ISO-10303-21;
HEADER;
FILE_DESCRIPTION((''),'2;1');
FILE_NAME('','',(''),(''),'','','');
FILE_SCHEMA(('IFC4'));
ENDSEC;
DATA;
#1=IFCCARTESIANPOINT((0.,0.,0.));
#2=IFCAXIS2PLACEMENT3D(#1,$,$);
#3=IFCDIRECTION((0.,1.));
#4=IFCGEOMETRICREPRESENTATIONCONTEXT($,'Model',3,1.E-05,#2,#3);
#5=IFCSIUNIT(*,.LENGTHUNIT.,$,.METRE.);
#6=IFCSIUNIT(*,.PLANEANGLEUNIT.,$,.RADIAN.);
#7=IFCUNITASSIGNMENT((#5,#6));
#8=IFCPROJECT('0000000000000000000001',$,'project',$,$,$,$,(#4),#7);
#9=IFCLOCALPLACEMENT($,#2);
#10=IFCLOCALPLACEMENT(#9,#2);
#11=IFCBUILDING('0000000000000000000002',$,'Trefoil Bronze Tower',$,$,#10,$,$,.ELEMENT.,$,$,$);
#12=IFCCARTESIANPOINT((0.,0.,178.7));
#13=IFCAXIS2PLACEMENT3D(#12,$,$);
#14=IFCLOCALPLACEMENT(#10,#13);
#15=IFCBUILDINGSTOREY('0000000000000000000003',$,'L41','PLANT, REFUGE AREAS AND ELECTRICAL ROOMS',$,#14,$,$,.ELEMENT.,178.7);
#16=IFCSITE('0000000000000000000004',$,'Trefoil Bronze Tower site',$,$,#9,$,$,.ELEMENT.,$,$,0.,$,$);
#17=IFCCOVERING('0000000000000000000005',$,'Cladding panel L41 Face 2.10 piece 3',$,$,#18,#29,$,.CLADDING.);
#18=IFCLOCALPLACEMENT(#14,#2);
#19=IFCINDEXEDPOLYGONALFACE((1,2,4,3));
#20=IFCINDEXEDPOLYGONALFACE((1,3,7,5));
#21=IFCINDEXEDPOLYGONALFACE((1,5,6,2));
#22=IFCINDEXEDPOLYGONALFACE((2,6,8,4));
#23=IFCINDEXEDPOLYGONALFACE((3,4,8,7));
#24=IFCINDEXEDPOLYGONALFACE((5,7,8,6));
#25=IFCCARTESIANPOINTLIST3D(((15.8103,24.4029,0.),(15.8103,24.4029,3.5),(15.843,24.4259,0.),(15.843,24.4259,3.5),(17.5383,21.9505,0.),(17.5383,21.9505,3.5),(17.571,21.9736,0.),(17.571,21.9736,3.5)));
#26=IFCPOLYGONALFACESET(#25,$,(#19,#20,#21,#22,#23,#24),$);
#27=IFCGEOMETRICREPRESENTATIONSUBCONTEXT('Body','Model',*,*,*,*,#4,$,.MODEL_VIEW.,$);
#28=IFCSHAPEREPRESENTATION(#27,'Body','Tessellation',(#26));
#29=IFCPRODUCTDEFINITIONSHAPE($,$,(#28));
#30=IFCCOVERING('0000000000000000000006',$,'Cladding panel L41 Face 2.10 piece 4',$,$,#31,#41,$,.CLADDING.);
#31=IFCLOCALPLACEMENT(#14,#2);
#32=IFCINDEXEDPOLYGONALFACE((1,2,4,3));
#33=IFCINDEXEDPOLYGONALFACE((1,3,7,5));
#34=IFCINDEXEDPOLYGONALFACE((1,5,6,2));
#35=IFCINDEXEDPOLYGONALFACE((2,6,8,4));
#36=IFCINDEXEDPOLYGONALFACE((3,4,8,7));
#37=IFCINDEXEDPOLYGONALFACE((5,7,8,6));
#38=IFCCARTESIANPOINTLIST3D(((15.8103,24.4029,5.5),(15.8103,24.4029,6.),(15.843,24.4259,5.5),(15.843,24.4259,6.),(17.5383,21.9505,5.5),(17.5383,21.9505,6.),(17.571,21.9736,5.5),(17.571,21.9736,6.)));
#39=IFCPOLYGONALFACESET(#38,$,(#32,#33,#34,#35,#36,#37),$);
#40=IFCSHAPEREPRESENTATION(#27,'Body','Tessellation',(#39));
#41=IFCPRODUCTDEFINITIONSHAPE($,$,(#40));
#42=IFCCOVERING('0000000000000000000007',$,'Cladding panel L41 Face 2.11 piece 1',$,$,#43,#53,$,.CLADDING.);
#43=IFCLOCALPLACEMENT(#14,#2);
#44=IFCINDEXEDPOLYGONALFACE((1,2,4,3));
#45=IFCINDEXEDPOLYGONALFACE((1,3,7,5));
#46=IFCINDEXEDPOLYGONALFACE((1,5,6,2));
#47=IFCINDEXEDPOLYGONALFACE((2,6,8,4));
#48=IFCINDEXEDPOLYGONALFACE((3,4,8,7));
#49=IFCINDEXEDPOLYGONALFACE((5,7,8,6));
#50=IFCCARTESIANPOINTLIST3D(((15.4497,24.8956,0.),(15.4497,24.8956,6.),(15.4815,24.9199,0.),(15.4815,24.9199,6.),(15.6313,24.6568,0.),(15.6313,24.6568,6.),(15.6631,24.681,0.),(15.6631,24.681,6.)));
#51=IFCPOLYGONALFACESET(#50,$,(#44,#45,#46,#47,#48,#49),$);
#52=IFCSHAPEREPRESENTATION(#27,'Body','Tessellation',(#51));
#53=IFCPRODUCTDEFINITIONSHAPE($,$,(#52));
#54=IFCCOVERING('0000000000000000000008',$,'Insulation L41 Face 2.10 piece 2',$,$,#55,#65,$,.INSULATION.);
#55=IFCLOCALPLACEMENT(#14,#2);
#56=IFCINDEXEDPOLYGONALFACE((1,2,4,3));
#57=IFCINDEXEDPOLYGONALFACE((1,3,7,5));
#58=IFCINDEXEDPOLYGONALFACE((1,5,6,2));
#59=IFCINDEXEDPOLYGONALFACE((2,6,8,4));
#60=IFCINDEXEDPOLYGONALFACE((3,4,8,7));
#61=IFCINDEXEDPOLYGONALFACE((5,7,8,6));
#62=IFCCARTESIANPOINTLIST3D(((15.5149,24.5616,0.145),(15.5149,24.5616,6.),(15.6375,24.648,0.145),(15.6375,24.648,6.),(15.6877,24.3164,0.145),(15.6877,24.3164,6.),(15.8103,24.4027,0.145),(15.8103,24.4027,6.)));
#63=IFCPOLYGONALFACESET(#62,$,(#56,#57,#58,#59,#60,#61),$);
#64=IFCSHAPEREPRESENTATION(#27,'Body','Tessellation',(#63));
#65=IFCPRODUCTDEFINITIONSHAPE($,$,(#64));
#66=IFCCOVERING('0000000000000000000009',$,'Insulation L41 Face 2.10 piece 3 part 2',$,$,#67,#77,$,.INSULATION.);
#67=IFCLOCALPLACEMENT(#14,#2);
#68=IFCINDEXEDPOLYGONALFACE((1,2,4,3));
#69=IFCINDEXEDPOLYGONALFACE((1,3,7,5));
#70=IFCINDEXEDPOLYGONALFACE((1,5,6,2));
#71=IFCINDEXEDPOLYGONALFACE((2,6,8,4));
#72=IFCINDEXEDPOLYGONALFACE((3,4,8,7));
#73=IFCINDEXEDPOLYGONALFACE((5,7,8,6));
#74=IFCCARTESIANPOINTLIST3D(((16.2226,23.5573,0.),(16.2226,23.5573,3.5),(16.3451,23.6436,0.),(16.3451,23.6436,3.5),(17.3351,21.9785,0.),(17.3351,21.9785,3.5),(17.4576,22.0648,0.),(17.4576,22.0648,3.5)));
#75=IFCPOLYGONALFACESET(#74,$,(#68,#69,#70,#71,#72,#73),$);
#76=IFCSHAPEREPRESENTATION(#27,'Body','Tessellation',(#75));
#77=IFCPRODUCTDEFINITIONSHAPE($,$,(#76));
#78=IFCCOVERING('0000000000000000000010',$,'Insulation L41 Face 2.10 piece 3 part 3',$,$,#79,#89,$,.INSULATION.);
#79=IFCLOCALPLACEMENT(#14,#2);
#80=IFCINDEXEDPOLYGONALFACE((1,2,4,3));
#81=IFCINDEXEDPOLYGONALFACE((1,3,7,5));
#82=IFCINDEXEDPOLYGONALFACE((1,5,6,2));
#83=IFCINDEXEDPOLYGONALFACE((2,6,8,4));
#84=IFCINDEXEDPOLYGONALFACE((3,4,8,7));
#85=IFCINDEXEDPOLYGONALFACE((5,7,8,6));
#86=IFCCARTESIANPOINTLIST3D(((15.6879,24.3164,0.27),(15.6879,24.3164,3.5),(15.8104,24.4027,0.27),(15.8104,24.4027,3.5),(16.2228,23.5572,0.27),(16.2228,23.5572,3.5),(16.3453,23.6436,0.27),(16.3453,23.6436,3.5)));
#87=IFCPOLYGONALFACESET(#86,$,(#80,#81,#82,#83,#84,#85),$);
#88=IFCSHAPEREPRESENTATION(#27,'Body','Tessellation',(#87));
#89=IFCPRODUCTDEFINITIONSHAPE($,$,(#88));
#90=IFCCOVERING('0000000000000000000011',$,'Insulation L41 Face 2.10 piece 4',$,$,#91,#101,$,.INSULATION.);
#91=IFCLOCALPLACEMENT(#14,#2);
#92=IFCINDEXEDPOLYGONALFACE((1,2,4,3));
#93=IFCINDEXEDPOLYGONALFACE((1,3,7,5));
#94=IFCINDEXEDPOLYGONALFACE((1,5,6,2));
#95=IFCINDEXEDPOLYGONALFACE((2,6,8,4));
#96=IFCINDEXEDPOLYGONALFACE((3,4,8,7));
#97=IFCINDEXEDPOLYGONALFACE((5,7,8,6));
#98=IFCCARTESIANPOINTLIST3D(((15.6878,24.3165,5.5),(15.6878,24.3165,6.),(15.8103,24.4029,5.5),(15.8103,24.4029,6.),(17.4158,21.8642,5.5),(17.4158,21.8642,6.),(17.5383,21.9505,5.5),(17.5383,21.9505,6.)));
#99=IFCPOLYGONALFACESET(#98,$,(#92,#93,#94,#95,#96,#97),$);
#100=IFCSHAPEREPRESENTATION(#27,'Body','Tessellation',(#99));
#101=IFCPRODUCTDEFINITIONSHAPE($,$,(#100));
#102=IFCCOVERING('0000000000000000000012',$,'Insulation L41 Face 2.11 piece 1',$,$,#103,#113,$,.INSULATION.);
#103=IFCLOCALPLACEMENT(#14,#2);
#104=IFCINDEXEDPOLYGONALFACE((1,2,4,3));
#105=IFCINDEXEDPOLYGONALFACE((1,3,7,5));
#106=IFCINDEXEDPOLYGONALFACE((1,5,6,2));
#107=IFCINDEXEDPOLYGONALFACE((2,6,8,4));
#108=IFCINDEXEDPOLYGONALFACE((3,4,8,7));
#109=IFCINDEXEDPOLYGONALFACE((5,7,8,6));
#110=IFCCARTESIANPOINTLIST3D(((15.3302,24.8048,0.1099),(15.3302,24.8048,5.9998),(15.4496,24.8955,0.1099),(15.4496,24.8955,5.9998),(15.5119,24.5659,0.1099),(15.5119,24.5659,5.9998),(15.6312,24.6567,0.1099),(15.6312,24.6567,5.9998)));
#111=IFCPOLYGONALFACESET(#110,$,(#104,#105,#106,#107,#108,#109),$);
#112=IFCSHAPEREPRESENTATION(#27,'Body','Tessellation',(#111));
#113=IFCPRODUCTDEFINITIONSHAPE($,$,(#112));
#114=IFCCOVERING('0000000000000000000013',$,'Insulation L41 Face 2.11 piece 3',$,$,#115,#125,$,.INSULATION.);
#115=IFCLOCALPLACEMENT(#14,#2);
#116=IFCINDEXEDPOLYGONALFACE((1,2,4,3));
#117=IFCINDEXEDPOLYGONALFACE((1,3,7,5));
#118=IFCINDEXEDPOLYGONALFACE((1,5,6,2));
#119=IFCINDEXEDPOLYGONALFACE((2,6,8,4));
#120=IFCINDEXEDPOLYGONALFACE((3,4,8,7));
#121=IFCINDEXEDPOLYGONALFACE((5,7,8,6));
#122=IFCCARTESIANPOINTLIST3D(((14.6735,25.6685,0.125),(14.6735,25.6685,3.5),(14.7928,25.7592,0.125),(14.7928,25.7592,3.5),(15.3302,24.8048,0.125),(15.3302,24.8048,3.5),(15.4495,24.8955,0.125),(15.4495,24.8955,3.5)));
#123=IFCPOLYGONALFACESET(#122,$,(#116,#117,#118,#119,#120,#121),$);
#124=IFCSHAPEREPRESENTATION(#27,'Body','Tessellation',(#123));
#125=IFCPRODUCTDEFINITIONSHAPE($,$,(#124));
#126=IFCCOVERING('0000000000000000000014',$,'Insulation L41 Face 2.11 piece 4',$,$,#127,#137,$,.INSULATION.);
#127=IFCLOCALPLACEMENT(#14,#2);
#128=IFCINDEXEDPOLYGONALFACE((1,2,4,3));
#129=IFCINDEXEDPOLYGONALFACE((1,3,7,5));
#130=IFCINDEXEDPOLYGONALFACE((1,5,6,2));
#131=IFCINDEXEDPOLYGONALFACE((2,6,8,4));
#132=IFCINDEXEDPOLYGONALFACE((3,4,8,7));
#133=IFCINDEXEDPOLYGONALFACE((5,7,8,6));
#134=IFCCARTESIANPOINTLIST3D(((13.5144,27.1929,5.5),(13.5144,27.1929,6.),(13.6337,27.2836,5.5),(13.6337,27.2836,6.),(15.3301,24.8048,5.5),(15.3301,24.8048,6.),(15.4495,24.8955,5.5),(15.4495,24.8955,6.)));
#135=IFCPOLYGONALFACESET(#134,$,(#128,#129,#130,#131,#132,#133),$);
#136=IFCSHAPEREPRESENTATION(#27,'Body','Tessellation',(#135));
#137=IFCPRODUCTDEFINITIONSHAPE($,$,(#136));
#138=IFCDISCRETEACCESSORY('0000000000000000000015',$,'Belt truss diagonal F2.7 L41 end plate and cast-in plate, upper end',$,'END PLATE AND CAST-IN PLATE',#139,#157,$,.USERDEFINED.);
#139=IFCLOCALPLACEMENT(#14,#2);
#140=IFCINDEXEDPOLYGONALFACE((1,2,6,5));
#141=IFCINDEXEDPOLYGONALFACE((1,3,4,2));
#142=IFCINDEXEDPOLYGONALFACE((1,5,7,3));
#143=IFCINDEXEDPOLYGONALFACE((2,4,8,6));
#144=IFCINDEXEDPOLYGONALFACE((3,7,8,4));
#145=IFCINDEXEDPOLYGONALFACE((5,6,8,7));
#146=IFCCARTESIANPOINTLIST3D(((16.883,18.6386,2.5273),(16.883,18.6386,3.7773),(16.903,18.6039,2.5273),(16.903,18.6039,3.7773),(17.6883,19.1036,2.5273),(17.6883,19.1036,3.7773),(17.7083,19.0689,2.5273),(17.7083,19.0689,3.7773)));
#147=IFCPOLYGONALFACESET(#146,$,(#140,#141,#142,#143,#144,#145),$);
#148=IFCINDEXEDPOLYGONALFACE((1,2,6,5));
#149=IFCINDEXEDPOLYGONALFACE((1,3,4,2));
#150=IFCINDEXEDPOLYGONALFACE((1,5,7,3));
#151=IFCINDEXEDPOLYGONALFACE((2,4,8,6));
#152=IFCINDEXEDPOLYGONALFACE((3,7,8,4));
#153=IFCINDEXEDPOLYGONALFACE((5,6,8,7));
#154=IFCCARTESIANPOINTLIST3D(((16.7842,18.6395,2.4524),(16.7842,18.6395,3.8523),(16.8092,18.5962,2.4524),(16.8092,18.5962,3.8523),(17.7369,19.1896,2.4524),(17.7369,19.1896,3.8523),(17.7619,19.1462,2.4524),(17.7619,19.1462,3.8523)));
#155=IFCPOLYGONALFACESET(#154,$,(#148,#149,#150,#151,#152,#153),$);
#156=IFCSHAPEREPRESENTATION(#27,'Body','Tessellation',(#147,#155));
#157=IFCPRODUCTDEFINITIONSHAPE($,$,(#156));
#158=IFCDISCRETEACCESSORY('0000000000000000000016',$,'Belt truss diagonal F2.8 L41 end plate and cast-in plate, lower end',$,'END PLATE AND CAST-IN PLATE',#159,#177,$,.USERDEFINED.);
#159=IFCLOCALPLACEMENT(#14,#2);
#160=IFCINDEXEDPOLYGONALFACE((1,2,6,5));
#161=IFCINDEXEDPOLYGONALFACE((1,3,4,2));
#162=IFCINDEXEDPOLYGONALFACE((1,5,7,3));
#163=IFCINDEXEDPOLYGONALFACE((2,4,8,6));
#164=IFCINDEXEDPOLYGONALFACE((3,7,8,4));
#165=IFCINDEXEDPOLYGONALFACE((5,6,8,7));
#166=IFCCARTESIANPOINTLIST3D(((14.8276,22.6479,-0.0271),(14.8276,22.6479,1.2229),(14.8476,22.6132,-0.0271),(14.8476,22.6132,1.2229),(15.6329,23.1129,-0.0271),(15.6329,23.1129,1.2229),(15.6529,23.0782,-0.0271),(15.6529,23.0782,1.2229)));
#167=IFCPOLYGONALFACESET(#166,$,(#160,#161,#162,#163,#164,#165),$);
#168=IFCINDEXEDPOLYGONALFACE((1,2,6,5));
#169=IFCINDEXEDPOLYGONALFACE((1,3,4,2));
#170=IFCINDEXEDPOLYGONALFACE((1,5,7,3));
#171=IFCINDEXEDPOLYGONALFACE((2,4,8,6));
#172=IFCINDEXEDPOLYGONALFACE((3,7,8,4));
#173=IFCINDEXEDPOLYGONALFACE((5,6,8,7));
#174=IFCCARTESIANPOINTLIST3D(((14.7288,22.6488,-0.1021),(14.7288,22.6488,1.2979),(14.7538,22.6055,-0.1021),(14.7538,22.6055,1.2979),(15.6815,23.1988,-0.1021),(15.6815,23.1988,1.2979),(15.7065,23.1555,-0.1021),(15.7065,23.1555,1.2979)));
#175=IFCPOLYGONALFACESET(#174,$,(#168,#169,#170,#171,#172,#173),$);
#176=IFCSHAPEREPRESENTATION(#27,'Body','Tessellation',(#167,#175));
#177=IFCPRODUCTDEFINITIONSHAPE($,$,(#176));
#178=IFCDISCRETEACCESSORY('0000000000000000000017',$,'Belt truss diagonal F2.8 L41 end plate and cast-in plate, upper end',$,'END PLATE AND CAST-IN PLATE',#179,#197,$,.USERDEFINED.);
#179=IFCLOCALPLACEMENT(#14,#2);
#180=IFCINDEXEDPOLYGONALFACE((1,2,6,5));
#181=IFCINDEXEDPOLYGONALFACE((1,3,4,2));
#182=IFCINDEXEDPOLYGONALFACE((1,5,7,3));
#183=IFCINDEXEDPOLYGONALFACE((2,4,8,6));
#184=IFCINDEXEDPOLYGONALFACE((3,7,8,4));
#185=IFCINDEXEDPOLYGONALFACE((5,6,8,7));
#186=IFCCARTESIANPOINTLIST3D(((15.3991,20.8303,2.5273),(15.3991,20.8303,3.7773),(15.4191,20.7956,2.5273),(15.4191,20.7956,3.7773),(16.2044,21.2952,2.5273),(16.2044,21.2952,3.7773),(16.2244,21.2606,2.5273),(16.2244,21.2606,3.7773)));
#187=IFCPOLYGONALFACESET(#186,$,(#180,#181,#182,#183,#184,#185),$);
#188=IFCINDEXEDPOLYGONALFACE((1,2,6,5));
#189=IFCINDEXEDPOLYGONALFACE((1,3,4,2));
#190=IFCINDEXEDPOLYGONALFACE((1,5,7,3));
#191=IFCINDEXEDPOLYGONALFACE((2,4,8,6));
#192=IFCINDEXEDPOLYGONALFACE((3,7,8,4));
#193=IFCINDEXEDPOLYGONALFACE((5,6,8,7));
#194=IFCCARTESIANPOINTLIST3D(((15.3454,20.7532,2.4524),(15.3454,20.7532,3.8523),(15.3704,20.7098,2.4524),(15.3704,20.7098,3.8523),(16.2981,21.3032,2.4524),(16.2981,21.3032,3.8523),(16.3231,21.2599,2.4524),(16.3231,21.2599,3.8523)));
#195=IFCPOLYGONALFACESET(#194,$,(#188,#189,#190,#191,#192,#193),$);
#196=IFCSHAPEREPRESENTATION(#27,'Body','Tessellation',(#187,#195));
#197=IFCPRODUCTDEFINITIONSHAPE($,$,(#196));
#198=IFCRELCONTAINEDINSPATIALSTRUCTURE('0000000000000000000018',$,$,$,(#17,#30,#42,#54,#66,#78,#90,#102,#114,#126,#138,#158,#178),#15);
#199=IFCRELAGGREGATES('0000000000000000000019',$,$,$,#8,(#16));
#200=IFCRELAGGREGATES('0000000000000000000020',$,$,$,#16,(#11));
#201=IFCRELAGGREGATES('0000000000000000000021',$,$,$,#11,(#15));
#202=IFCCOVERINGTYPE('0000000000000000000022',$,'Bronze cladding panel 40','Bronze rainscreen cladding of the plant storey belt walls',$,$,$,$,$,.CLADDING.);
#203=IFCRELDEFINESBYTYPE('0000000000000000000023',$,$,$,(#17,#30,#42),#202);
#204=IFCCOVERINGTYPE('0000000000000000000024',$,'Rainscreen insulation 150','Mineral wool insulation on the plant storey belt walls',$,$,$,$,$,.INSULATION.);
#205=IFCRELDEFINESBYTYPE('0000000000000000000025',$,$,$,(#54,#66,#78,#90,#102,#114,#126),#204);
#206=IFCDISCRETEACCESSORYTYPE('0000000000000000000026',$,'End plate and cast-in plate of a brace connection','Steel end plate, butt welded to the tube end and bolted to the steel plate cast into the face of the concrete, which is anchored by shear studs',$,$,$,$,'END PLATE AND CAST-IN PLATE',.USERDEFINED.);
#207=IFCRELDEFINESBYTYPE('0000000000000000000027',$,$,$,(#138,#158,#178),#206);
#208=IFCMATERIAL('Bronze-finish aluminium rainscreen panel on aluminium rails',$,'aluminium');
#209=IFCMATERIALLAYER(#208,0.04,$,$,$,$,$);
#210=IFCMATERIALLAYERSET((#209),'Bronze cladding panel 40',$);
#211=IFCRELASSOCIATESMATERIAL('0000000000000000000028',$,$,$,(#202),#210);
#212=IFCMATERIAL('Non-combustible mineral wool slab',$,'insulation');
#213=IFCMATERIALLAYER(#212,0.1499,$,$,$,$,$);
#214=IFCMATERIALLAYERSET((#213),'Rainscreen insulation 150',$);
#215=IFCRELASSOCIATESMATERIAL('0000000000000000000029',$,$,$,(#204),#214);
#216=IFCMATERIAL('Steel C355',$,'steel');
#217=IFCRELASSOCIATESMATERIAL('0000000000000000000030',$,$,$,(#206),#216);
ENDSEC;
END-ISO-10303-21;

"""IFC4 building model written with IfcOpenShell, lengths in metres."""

from ifc_helpers import new_model, si_unit, direction, frame, origin, origin_2d, place, context, subcontext, project, spatial, rectangle, extrude, material, layer, layer_set, type_object, element, save


model = new_model("IFC4")

# Units and contexts
model_context = context("Model", 3, precision=1e-05, world=origin(), true_north=direction((0.0, 1.0)))
body_context = subcontext(model_context, "Body", "Model", "MODEL_VIEW")
ifc_project = project(units=[si_unit("LENGTHUNIT", "METRE"), si_unit("PLANEANGLEUNIT", "RADIAN")], contexts=[model_context])

# Site, building, storey
site_placement = place(None, origin())
site = spatial("IfcSite", under=ifc_project, at=site_placement, Name="Trefoil Bronze Tower site", CompositionType="ELEMENT", RefElevation=0.0)
building_placement = place(site_placement, origin())
building = spatial("IfcBuilding", under=site, at=building_placement, Name="Trefoil Bronze Tower", CompositionType="ELEMENT")
storey_placement = place(building_placement, frame((0.0, 0.0, 178.7)))
storey = spatial("IfcBuildingStorey", under=building, at=storey_placement, Name="L41", Description="PLANT, REFUGE AREAS AND ELECTRICAL ROOMS", CompositionType="ELEMENT", Elevation=178.7)

# Coverings
ifc_material_1 = material(Name="Bronze-finish aluminium rainscreen panel on aluminium rails", Category="aluminium")
ifc_layer_1 = layer(ifc_material_1, 0.04)
ifc_layer_set_1 = layer_set([ifc_layer_1], Name="Bronze cladding panel 40")
covering_type_1 = type_object("IfcCoveringType", Name="Bronze cladding panel 40", Description="Bronze rainscreen cladding of the plant storey belt walls", PredefinedType="CLADDING", material=ifc_layer_set_1)
covering_1_placement = place(storey_placement, frame((16.6907, 23.1882, 0.0), z_axis=(0.0, 0.0, 1.0), x_axis=(-0.575999, 0.81745, 0.0)))
element("IfcCovering", 1, at=covering_1_placement, inside=storey, type_object=covering_type_1, Name="Cladding panel L41 Face 2.10 piece 3", PredefinedType="CLADDING", context=body_context, shape_type="SweptSolid", body=[
    extrude(rectangle(XDim=3.0, YDim=0.04, at=origin_2d()), origin(), (0.0, 0.0, 1.0), 3.5),
])
covering_2_placement = place(storey_placement, frame((16.6907, 23.1882, 5.5), z_axis=(0.0, 0.0, 1.0), x_axis=(-0.575999, 0.81745, 0.0)))
element("IfcCovering", 2, at=covering_2_placement, inside=storey, type_object=covering_type_1, Name="Cladding panel L41 Face 2.10 piece 4", PredefinedType="CLADDING", context=body_context, shape_type="SweptSolid", body=[
    extrude(rectangle(XDim=3.0, YDim=0.04, at=origin_2d()), origin(), (0.0, 0.0, 1.0), 0.5),
])
covering_3_placement = place(storey_placement, frame((15.5564, 24.7883, 0.0), z_axis=(0.0, 0.0, 1.0), x_axis=(-0.605252, 0.796034, 0.0)))
element("IfcCovering", 3, at=covering_3_placement, inside=storey, type_object=covering_type_1, Name="Cladding panel L41 Face 2.11 piece 1", PredefinedType="CLADDING", context=body_context, shape_type="SweptSolid", body=[
    extrude(rectangle(XDim=0.3, YDim=0.04, at=origin_2d()), origin(), (0.0, 0.0, 1.0), 6.0),
])
ifc_material_2 = material(Name="Non-combustible mineral wool slab", Category="insulation")
ifc_layer_2 = layer(ifc_material_2, 0.1499)
ifc_layer_set_2 = layer_set([ifc_layer_2], Name="Rainscreen insulation 150")
covering_type_2 = type_object("IfcCoveringType", Name="Rainscreen insulation 150", Description="Mineral wool insulation on the plant storey belt walls", PredefinedType="INSULATION", material=ifc_layer_set_2)
covering_4_placement = place(storey_placement, frame((15.6626, 24.4822, 0.145), z_axis=(0.0, 0.0, 1.0), x_axis=(-0.575999, 0.81745, 0.0)))
element("IfcCovering", 4, at=covering_4_placement, inside=storey, type_object=covering_type_2, Name="Insulation L41 Face 2.10 piece 2", PredefinedType="INSULATION", context=body_context, shape_type="SweptSolid", body=[
    extrude(rectangle(XDim=0.3, YDim=0.1499, at=origin_2d()), origin(), (0.0, 0.0, 1.0), 5.855),
])
covering_5_placement = place(storey_placement, frame((16.8401, 22.811, 0.0), z_axis=(0.0, 0.0, 1.0), x_axis=(-0.575999, 0.81745, 0.0)))
element("IfcCovering", 5, at=covering_5_placement, inside=storey, type_object=covering_type_2, Name="Insulation L41 Face 2.10 piece 3 part 2", PredefinedType="INSULATION", context=body_context, shape_type="SweptSolid", body=[
    extrude(rectangle(XDim=1.9314, YDim=0.1499, at=origin_2d()), origin(), (0.0, 0.0, 1.0), 3.5),
])
covering_6_placement = place(storey_placement, frame((16.0166, 23.98, 0.27), z_axis=(0.0, 0.0, 1.0), x_axis=(-0.575999, 0.81745, 0.0)))
element("IfcCovering", 6, at=covering_6_placement, inside=storey, type_object=covering_type_2, Name="Insulation L41 Face 2.10 piece 3 part 3", PredefinedType="INSULATION", context=body_context, shape_type="SweptSolid", body=[
    extrude(rectangle(XDim=0.9287, YDim=0.1499, at=origin_2d()), origin(), (0.0, 0.0, 1.0), 3.23),
])
covering_7_placement = place(storey_placement, frame((16.613, 23.1335, 5.5), z_axis=(0.0, 0.0, 1.0), x_axis=(-0.575999, 0.81745, 0.0)))
element("IfcCovering", 7, at=covering_7_placement, inside=storey, type_object=covering_type_2, Name="Insulation L41 Face 2.10 piece 4", PredefinedType="INSULATION", context=body_context, shape_type="SweptSolid", body=[
    extrude(rectangle(XDim=3.0, YDim=0.1499, at=origin_2d()), origin(), (0.0, 0.0, 1.0), 0.5),
])
covering_8_placement = place(storey_placement, frame((15.4807, 24.7307, 0.1099), z_axis=(0.0, 0.0, 1.0), x_axis=(-0.605252, 0.796034, 0.0)))
element("IfcCovering", 8, at=covering_8_placement, inside=storey, type_object=covering_type_2, Name="Insulation L41 Face 2.11 piece 1", PredefinedType="INSULATION", context=body_context, shape_type="SweptSolid", body=[
    extrude(rectangle(XDim=0.3, YDim=0.1499, at=origin_2d()), origin(), (0.0, 0.0, 1.0), 5.8899),
])
covering_9_placement = place(storey_placement, frame((15.0615, 25.282, 0.125), z_axis=(0.0, 0.0, 1.0), x_axis=(-0.605252, 0.796034, 0.0)))
element("IfcCovering", 9, at=covering_9_placement, inside=storey, type_object=covering_type_2, Name="Insulation L41 Face 2.11 piece 3", PredefinedType="INSULATION", context=body_context, shape_type="SweptSolid", body=[
    extrude(rectangle(XDim=1.085, YDim=0.1499, at=origin_2d()), origin(), (0.0, 0.0, 1.0), 3.375),
])
covering_10_placement = place(storey_placement, frame((14.4819, 26.0442, 5.5), z_axis=(0.0, 0.0, 1.0), x_axis=(-0.605252, 0.796034, 0.0)))
element("IfcCovering", 10, at=covering_10_placement, inside=storey, type_object=covering_type_2, Name="Insulation L41 Face 2.11 piece 4", PredefinedType="INSULATION", context=body_context, shape_type="SweptSolid", body=[
    extrude(rectangle(XDim=3.0, YDim=0.1499, at=origin_2d()), origin(), (0.0, 0.0, 1.0), 0.5),
])

# Discrete accessories
ifc_material_3 = material(Name="Steel C355", Category="steel")
discrete_accessory_type = type_object("IfcDiscreteAccessoryType", Name="End plate and cast-in plate of a brace connection", Description="Steel end plate, butt welded to the tube end and bolted to the steel plate cast into the face of the concrete, which is anchored by shear studs", ElementType="END PLATE AND CAST-IN PLATE", PredefinedType="USERDEFINED", material=ifc_material_3)
for number, where, z_axis, x_axis, name in (
    (11, (17.2856, 18.8711, 3.1523), (0.0, 0.0, 1.0), (0.5, -0.866025, 0.0), "Belt truss diagonal F2.7 L41 end plate and cast-in plate, upper end"),
    (12, (15.2302, 22.8804, 0.5979), (0.0, 0.0, 1.0), (0.5, -0.866025, 0.0), "Belt truss diagonal F2.8 L41 end plate and cast-in plate, lower end"),
):
    element("IfcDiscreteAccessory", number, at=place(storey_placement, frame(where, z_axis=z_axis, x_axis=x_axis)), inside=storey, type_object=discrete_accessory_type, Name=name, ObjectType="END PLATE AND CAST-IN PLATE", PredefinedType="USERDEFINED", context=body_context, shape_type="SweptSolid", body=[
        extrude(rectangle(XDim=0.04, YDim=0.9299, at=origin_2d()), frame((0.02, 0.0, -0.625)), (0.0, 0.0, 1.0), 1.25),
        extrude(rectangle(XDim=0.05, YDim=1.1001, at=origin_2d()), frame((-0.0251, 0.0, -0.7)), (0.0, 0.0, 1.0), 1.3999),
    ])
for number, where, z_axis, x_axis, name in (
    (13, (15.8218, 21.0281, 3.1523), (0.0, 0.0, 1.0), (-0.5, 0.866025, 0.0), "Belt truss diagonal F2.8 L41 end plate and cast-in plate, upper end"),
):
    element("IfcDiscreteAccessory", number, at=place(storey_placement, frame(where, z_axis=z_axis, x_axis=x_axis)), inside=storey, type_object=discrete_accessory_type, Name=name, ObjectType="END PLATE AND CAST-IN PLATE", PredefinedType="USERDEFINED", context=body_context, shape_type="SweptSolid", body=[
        extrude(rectangle(XDim=0.04, YDim=0.9299, at=origin_2d()), frame((0.02, 0.0, -0.625)), (0.0, 0.0, 1.0), 1.25),
        extrude(rectangle(XDim=0.05, YDim=1.1001, at=origin_2d()), frame((-0.0249, 0.0, -0.7)), (0.0, 0.0, 1.0), 1.3999),
    ])

save(model, "model.ifc")
